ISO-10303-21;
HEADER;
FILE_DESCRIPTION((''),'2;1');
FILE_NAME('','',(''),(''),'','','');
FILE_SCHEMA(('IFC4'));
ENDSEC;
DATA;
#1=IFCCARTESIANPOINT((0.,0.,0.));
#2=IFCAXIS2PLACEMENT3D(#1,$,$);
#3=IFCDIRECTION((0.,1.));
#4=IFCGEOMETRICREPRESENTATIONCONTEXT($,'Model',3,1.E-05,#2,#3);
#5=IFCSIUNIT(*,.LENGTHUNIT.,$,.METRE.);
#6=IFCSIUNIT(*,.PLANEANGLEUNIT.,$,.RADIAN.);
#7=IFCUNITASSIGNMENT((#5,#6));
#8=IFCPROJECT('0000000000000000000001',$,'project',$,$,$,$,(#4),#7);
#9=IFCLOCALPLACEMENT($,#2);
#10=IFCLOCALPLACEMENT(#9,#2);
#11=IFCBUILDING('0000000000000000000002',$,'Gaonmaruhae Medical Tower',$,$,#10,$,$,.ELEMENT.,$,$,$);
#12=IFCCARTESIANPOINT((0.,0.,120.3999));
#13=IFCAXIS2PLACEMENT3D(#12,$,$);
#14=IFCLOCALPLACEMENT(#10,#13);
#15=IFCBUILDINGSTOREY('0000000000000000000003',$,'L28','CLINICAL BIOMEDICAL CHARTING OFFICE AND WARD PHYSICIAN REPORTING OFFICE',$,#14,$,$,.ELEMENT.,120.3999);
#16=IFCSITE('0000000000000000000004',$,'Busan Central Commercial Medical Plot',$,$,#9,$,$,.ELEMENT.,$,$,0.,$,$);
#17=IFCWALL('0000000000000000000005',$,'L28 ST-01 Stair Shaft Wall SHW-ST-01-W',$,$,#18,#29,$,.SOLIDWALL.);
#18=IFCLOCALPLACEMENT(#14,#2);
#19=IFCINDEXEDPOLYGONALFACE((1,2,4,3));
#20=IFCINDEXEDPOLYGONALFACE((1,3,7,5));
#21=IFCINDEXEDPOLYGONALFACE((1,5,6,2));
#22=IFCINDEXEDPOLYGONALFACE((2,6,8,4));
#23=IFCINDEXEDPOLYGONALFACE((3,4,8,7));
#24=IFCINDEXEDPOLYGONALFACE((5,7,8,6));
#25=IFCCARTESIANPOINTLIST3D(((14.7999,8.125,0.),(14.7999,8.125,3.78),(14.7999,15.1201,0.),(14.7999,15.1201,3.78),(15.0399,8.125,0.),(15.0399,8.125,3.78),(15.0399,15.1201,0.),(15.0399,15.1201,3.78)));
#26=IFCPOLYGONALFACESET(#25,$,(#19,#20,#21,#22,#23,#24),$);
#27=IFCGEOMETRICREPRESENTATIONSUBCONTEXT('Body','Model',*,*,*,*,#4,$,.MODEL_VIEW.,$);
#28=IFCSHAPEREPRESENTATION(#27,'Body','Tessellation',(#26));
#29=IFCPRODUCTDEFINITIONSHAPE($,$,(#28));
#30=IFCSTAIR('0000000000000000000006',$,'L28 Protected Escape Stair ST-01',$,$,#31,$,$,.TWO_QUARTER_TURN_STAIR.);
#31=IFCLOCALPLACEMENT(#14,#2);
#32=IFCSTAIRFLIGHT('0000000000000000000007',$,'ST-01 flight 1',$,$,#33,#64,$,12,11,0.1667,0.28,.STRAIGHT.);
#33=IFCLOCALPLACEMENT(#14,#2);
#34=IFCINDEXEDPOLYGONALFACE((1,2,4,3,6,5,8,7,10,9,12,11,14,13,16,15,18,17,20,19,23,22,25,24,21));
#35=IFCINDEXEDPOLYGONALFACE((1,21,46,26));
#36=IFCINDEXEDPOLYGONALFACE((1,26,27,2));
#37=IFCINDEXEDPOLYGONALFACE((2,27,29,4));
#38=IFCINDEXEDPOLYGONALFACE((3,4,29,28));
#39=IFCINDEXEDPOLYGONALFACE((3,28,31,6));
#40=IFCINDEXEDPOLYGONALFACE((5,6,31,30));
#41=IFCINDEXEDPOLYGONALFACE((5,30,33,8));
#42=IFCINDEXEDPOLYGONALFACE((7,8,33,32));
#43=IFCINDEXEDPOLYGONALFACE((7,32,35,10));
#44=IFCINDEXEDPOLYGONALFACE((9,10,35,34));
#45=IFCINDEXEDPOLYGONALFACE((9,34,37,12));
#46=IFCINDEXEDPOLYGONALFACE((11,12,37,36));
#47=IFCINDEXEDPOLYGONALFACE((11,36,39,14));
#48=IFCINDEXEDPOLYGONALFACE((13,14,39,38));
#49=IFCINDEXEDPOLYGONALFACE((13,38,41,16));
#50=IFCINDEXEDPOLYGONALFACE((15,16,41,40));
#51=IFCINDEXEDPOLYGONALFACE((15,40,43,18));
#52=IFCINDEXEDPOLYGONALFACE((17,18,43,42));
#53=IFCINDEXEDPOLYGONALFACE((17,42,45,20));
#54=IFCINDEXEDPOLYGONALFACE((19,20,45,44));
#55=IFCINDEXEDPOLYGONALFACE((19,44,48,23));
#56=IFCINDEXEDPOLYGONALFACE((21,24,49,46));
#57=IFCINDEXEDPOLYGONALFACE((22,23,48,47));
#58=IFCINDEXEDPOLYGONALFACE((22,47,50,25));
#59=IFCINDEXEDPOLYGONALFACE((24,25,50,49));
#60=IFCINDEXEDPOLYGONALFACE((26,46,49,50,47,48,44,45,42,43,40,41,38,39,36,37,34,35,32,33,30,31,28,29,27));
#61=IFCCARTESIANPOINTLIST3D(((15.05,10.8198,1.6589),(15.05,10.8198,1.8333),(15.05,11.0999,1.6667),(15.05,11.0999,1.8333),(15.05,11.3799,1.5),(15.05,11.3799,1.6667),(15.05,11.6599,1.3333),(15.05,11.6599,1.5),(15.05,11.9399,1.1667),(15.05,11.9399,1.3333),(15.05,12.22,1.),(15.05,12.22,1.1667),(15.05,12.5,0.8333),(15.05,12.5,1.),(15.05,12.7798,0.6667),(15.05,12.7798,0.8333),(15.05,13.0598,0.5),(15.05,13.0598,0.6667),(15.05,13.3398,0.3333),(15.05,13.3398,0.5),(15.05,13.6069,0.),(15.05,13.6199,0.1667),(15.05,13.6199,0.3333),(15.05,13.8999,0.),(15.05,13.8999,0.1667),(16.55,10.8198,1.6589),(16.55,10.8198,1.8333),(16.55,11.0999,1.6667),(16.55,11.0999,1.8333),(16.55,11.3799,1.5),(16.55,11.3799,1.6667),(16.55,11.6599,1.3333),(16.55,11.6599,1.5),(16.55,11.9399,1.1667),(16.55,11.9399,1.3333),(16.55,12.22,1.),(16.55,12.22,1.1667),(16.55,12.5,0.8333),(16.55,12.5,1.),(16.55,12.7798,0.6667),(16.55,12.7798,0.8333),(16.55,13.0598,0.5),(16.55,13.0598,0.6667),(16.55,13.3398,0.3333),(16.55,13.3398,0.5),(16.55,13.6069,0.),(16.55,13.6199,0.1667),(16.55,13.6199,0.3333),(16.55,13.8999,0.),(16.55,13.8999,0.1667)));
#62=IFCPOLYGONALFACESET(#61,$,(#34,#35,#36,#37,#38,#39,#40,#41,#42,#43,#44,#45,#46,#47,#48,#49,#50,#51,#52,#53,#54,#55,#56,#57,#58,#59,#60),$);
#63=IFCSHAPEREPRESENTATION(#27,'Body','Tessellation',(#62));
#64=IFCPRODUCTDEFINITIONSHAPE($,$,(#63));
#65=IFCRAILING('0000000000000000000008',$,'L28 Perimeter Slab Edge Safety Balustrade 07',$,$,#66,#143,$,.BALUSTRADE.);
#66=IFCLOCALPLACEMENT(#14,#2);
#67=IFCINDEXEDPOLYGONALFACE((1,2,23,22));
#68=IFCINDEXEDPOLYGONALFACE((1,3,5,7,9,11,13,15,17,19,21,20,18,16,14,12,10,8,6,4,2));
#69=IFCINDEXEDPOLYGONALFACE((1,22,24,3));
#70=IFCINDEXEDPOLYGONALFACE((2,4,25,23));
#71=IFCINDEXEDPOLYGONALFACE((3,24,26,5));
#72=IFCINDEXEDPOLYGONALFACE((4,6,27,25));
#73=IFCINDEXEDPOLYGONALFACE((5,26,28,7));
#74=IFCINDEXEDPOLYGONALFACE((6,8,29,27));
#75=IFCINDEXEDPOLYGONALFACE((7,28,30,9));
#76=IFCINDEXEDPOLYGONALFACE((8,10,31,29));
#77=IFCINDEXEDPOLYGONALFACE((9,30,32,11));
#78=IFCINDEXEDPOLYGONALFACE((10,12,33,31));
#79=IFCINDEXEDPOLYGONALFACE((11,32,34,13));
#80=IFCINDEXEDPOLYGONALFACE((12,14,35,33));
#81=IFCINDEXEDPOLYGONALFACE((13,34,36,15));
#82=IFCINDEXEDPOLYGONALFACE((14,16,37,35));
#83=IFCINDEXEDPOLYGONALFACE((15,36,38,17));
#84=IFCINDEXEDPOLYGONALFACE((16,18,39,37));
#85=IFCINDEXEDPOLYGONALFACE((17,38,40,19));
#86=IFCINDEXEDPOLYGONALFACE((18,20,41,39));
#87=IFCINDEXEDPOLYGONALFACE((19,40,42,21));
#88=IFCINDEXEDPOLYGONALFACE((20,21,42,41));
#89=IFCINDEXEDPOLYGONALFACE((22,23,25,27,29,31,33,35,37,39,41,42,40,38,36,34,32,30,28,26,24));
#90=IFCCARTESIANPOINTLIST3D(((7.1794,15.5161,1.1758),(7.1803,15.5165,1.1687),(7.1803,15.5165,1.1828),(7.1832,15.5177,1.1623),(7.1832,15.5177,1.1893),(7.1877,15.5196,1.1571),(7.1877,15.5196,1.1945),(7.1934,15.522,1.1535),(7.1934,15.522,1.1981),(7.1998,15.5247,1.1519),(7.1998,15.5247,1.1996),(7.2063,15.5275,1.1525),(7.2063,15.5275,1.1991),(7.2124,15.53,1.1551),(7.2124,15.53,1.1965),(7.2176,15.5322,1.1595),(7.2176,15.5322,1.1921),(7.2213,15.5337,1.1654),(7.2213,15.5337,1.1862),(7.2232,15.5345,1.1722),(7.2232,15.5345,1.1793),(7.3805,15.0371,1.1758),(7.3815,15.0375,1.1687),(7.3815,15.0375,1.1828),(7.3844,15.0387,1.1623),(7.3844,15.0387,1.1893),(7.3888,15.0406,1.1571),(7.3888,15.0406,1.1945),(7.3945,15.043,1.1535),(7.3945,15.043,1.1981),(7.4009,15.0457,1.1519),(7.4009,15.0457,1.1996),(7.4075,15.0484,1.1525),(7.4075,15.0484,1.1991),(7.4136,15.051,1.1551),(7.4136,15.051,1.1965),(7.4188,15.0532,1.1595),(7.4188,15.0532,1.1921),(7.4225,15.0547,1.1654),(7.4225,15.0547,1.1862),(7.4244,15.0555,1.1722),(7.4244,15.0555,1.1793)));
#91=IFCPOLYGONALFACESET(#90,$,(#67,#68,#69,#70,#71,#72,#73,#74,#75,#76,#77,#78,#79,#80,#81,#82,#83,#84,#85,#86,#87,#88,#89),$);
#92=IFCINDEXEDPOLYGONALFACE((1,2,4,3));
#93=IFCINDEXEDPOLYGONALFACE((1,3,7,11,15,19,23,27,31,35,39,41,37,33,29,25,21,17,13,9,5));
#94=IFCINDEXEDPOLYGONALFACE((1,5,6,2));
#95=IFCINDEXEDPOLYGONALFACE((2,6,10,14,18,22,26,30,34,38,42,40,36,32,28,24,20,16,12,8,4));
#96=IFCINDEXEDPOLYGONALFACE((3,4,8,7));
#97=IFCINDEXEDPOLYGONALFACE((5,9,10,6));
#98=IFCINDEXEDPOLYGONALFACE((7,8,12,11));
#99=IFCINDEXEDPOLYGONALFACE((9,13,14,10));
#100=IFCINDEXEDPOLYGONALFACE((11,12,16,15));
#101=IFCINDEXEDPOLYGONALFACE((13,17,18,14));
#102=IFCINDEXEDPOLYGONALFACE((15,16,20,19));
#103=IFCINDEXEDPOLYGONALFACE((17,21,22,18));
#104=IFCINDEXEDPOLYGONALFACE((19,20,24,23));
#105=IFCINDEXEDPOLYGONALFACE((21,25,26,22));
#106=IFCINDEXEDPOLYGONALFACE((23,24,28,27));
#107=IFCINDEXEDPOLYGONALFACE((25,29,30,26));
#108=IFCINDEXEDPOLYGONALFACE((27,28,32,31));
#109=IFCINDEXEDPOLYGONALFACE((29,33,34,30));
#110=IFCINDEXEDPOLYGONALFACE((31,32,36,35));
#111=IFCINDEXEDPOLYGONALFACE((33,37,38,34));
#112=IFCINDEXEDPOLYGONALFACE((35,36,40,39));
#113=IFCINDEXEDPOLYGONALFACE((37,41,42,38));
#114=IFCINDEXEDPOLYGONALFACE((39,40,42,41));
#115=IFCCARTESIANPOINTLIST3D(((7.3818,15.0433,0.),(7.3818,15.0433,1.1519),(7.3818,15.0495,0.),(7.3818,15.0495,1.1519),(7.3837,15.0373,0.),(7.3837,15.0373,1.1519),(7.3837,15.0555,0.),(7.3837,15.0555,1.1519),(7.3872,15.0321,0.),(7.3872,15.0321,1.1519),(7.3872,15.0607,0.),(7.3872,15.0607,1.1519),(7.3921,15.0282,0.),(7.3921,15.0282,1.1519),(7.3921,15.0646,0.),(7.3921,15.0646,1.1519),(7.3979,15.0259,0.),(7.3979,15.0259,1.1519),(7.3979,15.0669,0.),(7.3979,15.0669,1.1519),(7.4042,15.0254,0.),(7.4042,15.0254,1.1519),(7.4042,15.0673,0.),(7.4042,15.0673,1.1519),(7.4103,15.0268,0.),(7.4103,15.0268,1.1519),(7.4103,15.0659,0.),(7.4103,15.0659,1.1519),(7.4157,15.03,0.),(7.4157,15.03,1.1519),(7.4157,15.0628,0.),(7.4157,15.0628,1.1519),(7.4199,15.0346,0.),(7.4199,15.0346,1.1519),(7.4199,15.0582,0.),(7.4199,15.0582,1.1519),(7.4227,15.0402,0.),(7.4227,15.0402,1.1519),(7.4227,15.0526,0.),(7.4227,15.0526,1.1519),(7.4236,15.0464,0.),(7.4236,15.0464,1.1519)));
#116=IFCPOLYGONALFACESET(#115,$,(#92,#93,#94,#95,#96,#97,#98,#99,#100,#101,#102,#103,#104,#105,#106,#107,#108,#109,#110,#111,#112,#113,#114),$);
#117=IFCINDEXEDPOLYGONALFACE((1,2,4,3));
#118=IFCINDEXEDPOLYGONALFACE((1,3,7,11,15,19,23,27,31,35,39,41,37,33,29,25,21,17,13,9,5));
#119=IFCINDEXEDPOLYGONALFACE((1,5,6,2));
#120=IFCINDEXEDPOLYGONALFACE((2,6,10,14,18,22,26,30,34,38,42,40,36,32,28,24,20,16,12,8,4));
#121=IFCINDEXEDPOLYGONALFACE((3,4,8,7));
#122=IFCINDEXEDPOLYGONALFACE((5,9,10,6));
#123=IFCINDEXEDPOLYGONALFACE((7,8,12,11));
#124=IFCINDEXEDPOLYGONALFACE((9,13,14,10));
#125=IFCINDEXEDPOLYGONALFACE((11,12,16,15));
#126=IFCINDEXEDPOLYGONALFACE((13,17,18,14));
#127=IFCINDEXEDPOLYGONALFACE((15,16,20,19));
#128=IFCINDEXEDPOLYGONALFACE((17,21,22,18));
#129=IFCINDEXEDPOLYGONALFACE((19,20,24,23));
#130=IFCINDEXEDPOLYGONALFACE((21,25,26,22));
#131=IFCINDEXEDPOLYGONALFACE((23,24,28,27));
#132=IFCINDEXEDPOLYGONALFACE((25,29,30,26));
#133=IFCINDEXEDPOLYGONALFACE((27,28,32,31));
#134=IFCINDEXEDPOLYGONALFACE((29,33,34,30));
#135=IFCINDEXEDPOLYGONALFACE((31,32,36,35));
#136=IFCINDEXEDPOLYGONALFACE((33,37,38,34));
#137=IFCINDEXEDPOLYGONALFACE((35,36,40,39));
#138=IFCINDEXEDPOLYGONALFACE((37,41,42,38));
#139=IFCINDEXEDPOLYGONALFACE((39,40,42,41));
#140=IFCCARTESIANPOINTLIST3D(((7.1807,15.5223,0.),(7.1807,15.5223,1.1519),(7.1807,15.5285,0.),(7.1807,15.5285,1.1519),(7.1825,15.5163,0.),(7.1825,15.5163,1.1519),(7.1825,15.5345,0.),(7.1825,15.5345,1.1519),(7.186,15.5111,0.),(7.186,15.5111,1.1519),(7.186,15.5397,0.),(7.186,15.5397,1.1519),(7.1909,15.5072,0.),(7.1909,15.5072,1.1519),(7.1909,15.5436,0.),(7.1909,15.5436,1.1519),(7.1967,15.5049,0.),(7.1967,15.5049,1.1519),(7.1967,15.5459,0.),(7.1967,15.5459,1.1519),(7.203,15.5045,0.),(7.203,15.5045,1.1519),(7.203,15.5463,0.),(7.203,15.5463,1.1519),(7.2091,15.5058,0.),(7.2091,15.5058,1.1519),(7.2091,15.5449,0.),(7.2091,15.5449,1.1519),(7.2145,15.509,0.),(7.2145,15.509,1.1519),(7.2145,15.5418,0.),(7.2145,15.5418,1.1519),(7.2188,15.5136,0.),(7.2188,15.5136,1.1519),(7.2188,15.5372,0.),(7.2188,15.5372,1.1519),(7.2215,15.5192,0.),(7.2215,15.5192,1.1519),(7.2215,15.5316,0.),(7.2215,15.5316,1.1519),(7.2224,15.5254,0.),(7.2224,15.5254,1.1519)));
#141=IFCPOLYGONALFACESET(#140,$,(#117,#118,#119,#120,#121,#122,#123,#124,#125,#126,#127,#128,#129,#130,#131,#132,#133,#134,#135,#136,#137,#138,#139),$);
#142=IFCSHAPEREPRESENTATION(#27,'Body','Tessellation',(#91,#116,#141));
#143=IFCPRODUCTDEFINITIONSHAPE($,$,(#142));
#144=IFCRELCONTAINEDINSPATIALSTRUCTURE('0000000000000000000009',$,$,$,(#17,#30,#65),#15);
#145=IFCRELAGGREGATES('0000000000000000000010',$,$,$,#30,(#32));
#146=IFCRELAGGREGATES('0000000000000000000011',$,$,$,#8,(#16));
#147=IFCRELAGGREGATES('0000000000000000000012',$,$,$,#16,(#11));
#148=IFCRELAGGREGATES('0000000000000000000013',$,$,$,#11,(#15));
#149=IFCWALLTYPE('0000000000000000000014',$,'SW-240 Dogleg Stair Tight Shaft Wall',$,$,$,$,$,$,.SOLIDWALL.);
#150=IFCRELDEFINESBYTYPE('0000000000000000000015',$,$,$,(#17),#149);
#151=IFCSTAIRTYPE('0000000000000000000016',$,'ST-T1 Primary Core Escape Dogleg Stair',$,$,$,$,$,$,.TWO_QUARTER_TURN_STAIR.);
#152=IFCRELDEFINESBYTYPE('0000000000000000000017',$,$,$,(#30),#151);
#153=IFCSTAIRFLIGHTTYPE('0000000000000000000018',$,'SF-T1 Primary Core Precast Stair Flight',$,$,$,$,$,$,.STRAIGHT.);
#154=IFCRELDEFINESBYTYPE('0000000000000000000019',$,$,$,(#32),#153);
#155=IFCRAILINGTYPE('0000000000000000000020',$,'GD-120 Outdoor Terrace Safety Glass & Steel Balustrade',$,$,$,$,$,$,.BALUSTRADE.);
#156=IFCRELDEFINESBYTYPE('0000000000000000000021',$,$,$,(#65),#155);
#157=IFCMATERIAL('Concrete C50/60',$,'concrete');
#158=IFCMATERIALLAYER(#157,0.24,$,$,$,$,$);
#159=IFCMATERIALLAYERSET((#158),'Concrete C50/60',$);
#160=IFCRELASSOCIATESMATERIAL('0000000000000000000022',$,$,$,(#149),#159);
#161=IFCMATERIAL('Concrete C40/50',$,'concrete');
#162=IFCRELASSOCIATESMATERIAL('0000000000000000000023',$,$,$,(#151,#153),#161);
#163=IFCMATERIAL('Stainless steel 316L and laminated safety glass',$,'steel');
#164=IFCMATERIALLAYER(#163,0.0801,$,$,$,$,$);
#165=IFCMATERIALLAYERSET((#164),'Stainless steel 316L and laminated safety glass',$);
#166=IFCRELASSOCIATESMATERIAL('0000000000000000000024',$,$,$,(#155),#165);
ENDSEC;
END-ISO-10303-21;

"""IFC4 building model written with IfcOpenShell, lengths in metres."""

from ifc_helpers import new_model, si_unit, direction, frame, frame_2d, origin, origin_2d, place, context, subcontext, project, spatial, polyline, rectangle, circle, outline, extrude, material, layer, layer_set, type_object, element, aggregate, save


model = new_model("IFC4")

# Units and contexts
model_context = context("Model", 3, precision=1e-05, world=origin(), true_north=direction((0.0, 1.0)))
body_context = subcontext(model_context, "Body", "Model", "MODEL_VIEW")
ifc_project = project(units=[si_unit("LENGTHUNIT", "METRE"), si_unit("PLANEANGLEUNIT", "RADIAN")], contexts=[model_context])

# Site, building, storey
site_placement = place(None, origin())
site = spatial("IfcSite", under=ifc_project, at=site_placement, Name="Busan Central Commercial Medical Plot", CompositionType="ELEMENT", RefElevation=0.0)
building_placement = place(site_placement, origin())
building = spatial("IfcBuilding", under=site, at=building_placement, Name="Gaonmaruhae Medical Tower", CompositionType="ELEMENT")
storey_placement = place(building_placement, frame((0.0, 0.0, 120.3999)))
storey = spatial("IfcBuildingStorey", under=building, at=storey_placement, Name="L28", Description="CLINICAL BIOMEDICAL CHARTING OFFICE AND WARD PHYSICIAN REPORTING OFFICE", CompositionType="ELEMENT", Elevation=120.3999)

# Shared definitions
ifc_material_1 = material(Name="Concrete C50/60", Category="concrete")
ifc_layer_1 = layer(ifc_material_1, 0.24)
ifc_layer_set_1 = layer_set([ifc_layer_1], Name="Concrete C50/60")
wall_type_1 = type_object("IfcWallType", Name="SW-240 Dogleg Stair Tight Shaft Wall", PredefinedType="SOLIDWALL", material=ifc_layer_set_1)

# Wall
wall_1_placement = place(storey_placement, frame((14.9199, 8.125, 0.0), z_axis=(0.0, 0.0, 1.0), x_axis=(0.0, 1.0, 0.0)))
element("IfcWall", 1, at=wall_1_placement, inside=storey, type_object=wall_type_1, Name="L28 ST-01 Stair Shaft Wall SHW-ST-01-W", PredefinedType="SOLIDWALL", context=body_context, shape_type="SweptSolid", body=[
    extrude(rectangle(XDim=6.9951, YDim=0.24, at=frame_2d((3.4976, 0.0))), origin(), (0.0, 0.0, 1.0), 3.78),
])

# Stair, stair flight
ifc_material_2 = material(Name="Concrete C40/50", Category="concrete")
stair_type = type_object("IfcStairType", Name="ST-T1 Primary Core Escape Dogleg Stair", PredefinedType="TWO_QUARTER_TURN_STAIR", material=ifc_material_2)
stair_placement = place(storey_placement, origin())
stair = element("IfcStair", 2, at=stair_placement, inside=storey, type_object=stair_type, Name="L28 Protected Escape Stair ST-01", PredefinedType="TWO_QUARTER_TURN_STAIR")
stair_flight_type = type_object("IfcStairFlightType", Name="SF-T1 Primary Core Precast Stair Flight", PredefinedType="STRAIGHT", material=ifc_material_2)
stair_flight_placement = place(storey_placement, frame((15.8, 13.8999, 0.0), z_axis=(0.0, 0.0, 1.0), x_axis=(0.0, -1.0, 0.0)))
stair_flight = element("IfcStairFlight", 3, at=stair_flight_placement, type_object=stair_flight_type, Name="ST-01 flight 1", NumberOfRisers=12, NumberOfTreads=11, PredefinedType="STRAIGHT", RiserHeight=0.1667, TreadLength=0.28, context=body_context, shape_type="SweptSolid", body=[
    extrude(outline(polyline([(0.0, 0.0), (0.0, 0.1667), (0.28, 0.1667), (0.28, 0.3333), (0.5601, 0.3333), (0.5601, 0.5), (0.8401, 0.5), (0.8401, 0.6667), (1.1201, 0.6667), (1.1201, 0.8333), (1.3999, 0.8333), (1.3999, 1.0), (1.6799, 1.0), (1.6799, 1.1667), (1.96, 1.1667), (1.96, 1.3333), (2.24, 1.3333), (2.24, 1.5), (2.52, 1.5), (2.52, 1.6667), (2.8, 1.6667), (2.8, 1.8333), (3.0801, 1.8333), (3.0801, 2.0), (3.0801, 1.6589), (0.293, 0.0), (0.0, 0.0)])), frame((0.0, 0.75, 0.0), z_axis=(0.0, -1.0, 0.0), x_axis=(1.0, 0.0, 0.0)), (0.0, 0.0, 1.0), 1.5),
])
aggregate(stair, [stair_flight])

# Railing
ifc_material_3 = material(Name="Stainless steel 316L and laminated safety glass", Category="steel")
ifc_layer_2 = layer(ifc_material_3, 0.0801)
ifc_layer_set_2 = layer_set([ifc_layer_2], Name="Stainless steel 316L and laminated safety glass")
railing_type_1 = type_object("IfcRailingType", Name="GD-120 Outdoor Terrace Safety Glass & Steel Balustrade", PredefinedType="BALUSTRADE", material=ifc_layer_set_2)
railing_1_placement = place(storey_placement, frame((7.4026, 15.0464, 0.0)))
element("IfcRailing", 4, at=railing_1_placement, inside=storey, type_object=railing_type_1, Name="L28 Perimeter Slab Edge Safety Balustrade 07", PredefinedType="BALUSTRADE", context=body_context, shape_type="SweptSolid", body=[
    extrude(circle(Radius=0.0239, at=origin_2d()), frame((0.0, 0.0, 1.1758), z_axis=(-0.387217, 0.921989, 0.0), x_axis=(-0.921989, -0.387217, 0.0)), (0.0, 0.0, 1.0), 0.5195),
    extrude(circle(Radius=0.021, at=origin_2d()), origin(), (0.0, 0.0, 1.0), 1.1519),
    extrude(circle(Radius=0.021, at=origin_2d()), frame((-0.2012, 0.479, 0.0)), (0.0, 0.0, 1.0), 1.1519),
])

save(model, "model.ifc")
